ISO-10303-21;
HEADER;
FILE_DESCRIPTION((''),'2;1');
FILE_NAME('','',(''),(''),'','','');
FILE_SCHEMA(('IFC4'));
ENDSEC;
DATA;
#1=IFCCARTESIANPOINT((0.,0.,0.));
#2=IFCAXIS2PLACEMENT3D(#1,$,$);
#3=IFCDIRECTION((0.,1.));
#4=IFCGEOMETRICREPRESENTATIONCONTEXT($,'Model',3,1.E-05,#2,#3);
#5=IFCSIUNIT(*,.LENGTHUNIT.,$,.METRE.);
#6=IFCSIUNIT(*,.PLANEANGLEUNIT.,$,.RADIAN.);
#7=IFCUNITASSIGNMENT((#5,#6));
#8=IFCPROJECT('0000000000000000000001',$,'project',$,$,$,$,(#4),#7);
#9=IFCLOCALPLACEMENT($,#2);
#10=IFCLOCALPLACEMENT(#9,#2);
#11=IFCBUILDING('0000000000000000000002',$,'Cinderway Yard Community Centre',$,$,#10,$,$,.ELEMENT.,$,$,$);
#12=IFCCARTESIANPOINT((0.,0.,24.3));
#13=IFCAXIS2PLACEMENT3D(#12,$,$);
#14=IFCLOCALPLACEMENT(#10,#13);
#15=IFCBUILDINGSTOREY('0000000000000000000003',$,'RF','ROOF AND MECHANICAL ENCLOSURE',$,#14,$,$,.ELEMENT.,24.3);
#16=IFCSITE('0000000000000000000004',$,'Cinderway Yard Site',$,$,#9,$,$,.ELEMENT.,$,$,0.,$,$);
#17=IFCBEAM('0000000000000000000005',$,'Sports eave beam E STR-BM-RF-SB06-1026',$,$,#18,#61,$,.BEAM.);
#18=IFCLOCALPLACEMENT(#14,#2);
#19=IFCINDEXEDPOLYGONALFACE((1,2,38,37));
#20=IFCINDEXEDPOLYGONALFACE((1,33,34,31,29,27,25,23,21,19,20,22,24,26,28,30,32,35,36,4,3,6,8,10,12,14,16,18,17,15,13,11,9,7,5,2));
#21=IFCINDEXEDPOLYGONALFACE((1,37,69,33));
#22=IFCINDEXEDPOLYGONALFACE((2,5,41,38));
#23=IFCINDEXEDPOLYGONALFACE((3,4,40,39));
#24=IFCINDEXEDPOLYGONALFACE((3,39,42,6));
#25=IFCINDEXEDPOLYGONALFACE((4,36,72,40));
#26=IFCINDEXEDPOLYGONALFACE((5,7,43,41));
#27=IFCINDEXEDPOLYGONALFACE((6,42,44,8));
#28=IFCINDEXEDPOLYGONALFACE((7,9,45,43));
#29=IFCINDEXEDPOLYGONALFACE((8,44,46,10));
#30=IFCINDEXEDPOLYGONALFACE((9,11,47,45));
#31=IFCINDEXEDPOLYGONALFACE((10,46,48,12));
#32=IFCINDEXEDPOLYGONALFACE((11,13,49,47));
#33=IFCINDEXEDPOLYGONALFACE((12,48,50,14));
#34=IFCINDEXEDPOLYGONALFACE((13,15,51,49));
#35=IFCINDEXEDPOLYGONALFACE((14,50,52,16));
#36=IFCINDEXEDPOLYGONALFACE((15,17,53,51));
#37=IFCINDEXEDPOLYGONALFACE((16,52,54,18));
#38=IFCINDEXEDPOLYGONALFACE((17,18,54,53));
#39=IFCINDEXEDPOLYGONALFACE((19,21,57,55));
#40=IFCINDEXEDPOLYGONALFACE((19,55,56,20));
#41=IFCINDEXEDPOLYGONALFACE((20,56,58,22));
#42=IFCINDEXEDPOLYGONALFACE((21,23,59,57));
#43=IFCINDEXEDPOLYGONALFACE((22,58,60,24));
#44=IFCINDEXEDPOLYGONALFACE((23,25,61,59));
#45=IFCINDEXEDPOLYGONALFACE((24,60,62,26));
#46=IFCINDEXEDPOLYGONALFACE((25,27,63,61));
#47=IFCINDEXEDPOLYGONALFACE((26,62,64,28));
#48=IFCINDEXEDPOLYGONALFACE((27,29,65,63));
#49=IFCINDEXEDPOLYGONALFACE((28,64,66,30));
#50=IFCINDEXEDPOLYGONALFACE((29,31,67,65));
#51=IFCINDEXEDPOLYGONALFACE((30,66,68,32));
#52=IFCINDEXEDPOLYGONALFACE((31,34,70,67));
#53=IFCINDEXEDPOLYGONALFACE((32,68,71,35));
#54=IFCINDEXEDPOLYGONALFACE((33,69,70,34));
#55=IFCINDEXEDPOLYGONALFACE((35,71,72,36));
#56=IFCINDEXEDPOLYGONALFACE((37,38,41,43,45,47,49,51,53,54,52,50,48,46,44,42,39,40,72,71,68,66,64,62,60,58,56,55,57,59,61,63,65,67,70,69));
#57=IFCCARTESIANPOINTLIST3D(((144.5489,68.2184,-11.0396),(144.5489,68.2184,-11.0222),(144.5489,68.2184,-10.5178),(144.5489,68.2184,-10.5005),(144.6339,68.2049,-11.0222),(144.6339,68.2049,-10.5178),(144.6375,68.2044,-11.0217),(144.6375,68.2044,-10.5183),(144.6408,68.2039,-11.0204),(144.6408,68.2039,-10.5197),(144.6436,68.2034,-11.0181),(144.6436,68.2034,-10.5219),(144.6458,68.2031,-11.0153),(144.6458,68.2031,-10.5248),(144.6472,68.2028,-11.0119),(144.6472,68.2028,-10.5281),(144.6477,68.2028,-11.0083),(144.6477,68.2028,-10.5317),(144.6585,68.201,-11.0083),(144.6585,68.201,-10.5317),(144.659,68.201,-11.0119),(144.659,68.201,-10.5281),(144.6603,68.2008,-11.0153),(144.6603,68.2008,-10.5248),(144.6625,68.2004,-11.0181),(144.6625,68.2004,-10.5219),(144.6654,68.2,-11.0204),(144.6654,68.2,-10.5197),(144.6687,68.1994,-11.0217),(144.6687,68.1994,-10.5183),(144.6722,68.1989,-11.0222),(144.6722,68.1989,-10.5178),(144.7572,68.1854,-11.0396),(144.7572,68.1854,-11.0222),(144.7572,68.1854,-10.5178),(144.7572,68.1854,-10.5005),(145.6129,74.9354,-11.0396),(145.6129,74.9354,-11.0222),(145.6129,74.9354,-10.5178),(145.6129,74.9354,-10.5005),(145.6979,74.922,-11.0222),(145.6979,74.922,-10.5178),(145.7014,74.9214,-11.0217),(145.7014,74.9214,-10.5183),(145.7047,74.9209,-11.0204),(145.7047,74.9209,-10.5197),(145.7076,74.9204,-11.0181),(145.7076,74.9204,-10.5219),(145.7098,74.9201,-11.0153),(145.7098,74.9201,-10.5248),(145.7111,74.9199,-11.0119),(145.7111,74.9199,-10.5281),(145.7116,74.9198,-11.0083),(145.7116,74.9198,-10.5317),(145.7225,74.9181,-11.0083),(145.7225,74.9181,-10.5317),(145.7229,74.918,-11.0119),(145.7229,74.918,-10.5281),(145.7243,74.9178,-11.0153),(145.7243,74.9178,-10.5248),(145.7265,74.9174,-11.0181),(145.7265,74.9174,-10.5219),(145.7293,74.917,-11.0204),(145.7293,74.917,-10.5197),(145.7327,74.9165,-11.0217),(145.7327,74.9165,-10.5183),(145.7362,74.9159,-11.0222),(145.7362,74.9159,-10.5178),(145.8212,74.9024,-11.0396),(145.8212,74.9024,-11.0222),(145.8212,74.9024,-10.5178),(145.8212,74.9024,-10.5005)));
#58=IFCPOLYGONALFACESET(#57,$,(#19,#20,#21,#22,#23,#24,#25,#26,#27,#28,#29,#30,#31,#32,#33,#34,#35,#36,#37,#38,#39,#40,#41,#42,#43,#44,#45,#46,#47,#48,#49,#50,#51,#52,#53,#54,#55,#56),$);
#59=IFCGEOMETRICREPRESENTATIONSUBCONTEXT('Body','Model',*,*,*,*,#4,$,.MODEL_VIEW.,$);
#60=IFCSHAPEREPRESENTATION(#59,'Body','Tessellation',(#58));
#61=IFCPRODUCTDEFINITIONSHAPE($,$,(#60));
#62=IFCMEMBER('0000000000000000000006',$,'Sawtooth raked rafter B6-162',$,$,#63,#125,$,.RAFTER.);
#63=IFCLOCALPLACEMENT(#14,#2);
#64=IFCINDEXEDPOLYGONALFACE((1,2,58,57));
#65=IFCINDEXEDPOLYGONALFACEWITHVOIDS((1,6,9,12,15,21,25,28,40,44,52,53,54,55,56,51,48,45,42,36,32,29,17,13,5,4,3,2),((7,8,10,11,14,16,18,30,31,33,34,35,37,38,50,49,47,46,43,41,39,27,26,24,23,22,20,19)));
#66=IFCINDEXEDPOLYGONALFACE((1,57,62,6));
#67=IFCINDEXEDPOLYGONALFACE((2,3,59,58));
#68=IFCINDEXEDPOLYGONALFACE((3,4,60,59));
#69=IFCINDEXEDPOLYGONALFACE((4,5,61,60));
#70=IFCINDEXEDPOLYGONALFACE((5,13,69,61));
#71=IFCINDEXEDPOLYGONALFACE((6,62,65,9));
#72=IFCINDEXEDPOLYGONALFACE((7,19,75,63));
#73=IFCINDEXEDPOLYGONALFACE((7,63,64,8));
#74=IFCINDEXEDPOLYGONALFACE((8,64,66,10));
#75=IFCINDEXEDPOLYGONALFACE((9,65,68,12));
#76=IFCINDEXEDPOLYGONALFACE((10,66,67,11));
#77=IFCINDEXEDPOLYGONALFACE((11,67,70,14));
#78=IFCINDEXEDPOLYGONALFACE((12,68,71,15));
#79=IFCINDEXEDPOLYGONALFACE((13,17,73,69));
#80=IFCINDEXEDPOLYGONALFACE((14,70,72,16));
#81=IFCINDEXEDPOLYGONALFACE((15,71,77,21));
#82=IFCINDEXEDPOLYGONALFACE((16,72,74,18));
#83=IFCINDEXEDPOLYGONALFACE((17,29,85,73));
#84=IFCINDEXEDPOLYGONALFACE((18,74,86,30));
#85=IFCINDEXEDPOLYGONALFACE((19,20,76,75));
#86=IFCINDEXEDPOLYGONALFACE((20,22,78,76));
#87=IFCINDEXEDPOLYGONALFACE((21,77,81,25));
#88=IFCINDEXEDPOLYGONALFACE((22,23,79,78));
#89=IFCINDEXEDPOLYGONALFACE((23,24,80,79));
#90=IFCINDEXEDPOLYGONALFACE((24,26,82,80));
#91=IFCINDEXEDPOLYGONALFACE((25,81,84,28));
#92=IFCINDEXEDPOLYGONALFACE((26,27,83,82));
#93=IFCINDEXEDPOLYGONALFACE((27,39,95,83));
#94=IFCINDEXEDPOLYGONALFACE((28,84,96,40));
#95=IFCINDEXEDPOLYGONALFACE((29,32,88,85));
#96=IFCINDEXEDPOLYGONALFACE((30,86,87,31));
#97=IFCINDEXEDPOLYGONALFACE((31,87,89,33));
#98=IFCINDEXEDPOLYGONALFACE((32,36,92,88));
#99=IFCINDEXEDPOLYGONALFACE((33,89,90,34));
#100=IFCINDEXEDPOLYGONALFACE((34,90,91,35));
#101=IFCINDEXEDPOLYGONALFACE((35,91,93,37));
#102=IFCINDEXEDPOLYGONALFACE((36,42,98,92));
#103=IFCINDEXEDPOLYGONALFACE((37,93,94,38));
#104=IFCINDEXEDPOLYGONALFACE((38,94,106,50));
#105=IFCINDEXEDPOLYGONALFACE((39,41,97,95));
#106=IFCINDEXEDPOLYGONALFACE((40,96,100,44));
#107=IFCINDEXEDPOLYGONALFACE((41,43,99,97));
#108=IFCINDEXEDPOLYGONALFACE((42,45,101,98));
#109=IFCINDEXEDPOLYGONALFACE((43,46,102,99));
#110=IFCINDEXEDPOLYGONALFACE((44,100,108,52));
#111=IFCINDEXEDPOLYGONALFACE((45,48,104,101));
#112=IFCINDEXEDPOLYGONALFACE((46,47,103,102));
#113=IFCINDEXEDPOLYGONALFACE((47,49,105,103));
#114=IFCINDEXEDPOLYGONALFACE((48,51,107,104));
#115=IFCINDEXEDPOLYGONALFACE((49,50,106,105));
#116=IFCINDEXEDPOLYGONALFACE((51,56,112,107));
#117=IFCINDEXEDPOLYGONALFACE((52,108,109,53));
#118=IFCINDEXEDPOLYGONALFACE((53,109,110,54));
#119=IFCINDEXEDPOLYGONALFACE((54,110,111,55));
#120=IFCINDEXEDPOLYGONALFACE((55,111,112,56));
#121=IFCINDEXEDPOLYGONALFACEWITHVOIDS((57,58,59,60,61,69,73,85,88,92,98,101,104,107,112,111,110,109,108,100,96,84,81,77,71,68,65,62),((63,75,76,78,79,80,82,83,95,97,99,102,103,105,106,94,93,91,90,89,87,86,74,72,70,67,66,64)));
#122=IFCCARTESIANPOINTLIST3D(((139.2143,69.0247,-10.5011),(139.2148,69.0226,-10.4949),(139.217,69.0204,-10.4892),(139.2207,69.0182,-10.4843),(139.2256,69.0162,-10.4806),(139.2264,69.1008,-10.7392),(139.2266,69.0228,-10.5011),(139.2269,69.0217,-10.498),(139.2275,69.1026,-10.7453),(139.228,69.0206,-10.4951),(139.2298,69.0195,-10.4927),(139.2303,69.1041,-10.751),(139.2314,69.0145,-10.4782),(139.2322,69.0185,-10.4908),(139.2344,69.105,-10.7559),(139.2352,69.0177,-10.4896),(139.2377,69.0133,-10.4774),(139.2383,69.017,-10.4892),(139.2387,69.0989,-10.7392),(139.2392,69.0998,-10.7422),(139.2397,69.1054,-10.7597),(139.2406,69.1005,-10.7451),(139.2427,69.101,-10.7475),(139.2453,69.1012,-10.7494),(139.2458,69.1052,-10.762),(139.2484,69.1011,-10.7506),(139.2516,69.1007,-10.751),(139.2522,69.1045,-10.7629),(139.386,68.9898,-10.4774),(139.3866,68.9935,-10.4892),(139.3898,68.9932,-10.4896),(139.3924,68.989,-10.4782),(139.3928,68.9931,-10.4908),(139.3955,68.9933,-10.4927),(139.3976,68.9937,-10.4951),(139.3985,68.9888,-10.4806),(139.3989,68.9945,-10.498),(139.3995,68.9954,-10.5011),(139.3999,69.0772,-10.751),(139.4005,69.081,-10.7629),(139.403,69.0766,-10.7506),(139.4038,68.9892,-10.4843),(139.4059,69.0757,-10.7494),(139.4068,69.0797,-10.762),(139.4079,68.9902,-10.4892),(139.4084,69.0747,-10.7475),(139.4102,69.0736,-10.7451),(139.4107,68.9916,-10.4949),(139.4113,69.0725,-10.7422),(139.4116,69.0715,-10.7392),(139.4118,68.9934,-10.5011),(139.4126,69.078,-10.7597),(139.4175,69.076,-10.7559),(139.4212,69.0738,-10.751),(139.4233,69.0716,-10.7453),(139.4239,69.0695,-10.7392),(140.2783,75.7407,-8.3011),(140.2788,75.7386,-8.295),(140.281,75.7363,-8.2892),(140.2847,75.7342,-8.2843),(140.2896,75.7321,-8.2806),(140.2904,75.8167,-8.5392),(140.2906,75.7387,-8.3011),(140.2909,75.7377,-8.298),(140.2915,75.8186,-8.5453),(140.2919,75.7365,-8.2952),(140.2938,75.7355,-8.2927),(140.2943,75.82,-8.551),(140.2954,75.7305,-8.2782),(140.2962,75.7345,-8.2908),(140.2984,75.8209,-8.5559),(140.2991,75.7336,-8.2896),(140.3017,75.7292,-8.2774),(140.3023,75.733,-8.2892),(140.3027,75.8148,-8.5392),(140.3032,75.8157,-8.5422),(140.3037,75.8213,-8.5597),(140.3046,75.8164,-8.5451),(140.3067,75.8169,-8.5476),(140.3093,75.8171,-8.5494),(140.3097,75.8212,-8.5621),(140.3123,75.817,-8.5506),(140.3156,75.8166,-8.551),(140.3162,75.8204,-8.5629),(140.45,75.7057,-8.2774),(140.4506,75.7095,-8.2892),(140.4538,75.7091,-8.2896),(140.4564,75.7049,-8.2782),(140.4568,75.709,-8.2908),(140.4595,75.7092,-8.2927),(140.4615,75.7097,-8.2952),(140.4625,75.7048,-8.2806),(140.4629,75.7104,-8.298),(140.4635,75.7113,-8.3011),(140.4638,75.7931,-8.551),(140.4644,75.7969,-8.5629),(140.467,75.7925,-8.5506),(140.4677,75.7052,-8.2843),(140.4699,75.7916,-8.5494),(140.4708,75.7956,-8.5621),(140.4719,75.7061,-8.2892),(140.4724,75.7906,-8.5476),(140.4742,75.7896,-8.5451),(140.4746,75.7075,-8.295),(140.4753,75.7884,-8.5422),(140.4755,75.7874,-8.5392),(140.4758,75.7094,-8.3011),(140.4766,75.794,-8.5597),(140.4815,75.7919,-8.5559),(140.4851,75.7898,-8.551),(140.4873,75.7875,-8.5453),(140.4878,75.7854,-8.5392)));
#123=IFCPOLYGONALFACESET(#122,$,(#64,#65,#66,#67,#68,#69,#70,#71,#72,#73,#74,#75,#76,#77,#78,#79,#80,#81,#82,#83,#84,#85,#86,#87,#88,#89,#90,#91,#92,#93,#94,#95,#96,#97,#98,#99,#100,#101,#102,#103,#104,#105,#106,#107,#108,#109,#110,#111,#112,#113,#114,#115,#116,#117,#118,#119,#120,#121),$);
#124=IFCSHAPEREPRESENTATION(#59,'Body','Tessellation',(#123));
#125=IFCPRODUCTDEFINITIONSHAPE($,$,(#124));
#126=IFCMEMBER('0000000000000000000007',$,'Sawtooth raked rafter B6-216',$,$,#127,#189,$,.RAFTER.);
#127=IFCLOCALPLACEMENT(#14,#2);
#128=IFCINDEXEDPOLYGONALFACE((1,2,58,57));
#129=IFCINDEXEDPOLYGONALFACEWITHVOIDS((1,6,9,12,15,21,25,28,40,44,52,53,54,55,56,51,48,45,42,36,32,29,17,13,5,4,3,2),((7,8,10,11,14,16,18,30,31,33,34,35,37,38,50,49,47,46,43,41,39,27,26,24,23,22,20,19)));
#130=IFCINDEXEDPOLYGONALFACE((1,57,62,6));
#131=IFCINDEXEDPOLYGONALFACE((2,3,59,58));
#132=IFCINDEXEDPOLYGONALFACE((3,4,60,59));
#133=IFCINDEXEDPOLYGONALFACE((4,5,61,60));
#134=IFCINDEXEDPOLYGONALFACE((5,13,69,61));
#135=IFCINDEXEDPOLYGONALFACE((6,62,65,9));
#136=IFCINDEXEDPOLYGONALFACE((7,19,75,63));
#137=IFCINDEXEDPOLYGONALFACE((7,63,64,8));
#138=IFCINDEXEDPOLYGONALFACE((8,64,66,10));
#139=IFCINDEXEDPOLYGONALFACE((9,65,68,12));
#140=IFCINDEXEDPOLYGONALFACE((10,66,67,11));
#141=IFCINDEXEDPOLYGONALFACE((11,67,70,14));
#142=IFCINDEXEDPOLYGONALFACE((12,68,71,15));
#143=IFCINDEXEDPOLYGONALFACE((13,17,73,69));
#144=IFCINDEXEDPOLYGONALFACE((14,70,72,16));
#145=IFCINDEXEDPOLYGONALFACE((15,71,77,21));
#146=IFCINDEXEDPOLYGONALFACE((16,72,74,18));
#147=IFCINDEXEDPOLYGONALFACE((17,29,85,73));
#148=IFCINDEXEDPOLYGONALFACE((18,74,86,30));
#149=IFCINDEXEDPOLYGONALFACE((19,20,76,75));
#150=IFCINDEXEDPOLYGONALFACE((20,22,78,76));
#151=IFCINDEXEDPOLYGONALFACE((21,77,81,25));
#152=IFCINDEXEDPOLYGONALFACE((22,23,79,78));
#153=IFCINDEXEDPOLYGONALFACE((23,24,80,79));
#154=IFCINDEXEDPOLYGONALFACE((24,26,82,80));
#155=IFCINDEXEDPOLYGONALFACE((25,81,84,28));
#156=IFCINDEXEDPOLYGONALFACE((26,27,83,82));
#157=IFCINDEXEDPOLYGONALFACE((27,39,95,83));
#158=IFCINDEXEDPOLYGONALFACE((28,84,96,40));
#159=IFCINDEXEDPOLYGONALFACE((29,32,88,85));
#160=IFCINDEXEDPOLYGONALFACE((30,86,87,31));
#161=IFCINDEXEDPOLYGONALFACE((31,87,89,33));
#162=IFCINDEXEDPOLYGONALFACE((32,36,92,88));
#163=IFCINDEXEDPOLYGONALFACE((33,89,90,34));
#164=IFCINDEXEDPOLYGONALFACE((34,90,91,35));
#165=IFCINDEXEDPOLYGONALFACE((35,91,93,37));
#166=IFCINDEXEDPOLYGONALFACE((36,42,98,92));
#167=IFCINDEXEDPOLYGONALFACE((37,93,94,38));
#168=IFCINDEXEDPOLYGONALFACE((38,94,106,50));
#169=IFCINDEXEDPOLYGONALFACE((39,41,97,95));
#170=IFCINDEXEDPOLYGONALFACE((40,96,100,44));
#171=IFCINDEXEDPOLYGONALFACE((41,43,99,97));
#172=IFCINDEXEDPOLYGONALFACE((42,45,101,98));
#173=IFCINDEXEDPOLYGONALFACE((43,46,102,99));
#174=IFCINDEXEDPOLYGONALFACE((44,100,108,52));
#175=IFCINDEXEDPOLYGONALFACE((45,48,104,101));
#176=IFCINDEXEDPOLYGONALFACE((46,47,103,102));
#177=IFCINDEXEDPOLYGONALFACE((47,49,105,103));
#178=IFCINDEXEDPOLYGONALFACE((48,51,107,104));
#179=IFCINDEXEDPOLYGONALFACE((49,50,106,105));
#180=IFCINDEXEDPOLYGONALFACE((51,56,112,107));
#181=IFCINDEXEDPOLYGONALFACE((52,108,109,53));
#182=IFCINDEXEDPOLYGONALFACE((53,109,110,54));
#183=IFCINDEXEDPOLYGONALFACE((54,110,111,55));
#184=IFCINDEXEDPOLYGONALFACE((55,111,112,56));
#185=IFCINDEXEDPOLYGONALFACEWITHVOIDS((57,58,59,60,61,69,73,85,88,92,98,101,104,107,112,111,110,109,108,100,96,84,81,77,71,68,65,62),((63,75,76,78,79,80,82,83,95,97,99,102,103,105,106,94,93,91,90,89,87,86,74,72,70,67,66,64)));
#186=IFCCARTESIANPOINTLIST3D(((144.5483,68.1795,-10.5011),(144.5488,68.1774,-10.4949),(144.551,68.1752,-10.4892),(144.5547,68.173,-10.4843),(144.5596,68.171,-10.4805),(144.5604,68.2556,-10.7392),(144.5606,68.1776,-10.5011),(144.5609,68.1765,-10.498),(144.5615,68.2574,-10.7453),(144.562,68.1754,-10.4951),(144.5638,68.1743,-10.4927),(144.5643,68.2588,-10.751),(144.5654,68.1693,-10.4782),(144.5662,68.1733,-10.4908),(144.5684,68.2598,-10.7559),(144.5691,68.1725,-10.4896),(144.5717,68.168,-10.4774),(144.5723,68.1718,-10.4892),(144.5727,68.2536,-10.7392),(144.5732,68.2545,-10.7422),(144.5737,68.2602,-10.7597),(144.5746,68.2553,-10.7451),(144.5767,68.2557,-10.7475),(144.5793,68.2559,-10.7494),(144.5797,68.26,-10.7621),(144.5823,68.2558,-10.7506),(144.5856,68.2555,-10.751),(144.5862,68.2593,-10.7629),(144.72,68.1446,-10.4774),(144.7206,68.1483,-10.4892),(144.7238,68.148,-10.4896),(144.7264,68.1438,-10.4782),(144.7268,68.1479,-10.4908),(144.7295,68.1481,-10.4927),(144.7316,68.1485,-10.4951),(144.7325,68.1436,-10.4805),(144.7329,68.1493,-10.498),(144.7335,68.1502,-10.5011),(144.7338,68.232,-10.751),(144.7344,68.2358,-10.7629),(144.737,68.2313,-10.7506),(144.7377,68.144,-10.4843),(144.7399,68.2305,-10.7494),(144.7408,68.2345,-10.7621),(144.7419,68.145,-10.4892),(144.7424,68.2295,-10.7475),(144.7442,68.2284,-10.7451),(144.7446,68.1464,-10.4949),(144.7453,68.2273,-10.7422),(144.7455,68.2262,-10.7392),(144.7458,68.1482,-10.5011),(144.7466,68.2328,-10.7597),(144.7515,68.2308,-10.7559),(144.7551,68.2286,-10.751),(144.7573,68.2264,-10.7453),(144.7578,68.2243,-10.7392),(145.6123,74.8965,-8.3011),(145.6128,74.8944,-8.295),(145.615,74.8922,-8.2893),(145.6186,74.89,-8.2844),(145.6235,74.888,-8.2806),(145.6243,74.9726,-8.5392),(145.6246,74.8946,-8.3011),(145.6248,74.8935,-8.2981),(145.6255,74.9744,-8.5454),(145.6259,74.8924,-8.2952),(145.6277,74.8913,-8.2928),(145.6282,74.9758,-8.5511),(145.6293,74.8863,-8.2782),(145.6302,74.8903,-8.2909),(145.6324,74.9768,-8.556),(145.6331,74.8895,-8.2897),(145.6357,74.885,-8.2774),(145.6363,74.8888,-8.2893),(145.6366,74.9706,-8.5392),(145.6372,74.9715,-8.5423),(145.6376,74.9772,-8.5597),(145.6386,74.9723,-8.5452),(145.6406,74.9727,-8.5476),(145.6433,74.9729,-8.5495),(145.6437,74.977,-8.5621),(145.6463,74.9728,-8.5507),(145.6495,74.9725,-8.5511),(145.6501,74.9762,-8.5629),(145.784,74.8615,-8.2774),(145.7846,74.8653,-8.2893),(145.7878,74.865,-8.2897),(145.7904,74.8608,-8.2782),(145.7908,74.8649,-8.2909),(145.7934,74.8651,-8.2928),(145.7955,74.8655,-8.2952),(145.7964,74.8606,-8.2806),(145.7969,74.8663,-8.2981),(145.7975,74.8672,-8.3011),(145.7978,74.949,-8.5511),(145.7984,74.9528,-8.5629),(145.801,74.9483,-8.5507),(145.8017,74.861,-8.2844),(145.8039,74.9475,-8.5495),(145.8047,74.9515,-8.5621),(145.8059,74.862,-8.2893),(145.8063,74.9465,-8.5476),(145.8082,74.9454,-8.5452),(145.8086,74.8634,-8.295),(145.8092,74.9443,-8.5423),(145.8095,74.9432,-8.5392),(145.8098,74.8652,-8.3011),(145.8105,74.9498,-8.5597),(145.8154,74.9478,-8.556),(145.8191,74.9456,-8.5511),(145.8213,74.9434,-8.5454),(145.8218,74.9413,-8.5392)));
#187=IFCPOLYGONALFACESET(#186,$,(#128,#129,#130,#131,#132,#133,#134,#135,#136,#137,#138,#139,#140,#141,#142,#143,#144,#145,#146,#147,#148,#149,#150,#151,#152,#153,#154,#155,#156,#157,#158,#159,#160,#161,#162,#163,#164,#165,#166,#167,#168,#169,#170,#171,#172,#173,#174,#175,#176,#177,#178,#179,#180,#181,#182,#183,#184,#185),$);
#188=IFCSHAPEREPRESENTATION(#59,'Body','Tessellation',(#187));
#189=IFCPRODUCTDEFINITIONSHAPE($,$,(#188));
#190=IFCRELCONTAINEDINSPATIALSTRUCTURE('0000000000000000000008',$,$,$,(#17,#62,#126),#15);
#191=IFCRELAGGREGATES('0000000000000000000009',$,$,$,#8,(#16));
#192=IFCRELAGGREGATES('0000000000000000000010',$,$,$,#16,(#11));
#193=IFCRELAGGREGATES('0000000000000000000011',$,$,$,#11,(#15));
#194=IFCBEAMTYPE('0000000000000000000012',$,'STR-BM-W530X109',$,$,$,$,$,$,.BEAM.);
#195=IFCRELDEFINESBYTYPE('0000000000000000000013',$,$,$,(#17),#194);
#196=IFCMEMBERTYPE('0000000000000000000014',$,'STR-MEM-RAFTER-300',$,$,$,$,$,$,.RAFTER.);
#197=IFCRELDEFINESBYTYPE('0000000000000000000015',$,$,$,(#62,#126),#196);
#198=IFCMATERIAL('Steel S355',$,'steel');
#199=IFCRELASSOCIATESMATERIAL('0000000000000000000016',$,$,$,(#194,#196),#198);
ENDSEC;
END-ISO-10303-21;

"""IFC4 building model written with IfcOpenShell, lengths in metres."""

from ifc_helpers import new_model, si_unit, direction, frame, origin, origin_2d, place, context, subcontext, project, spatial, hollow_rectangle, i_section, extrude, material, material_profile, profile_set, type_object, element, save


model = new_model("IFC4")

# Units and contexts
model_context = context("Model", 3, precision=1e-05, world=origin(), true_north=direction((0.0, 1.0)))
body_context = subcontext(model_context, "Body", "Model", "MODEL_VIEW")
ifc_project = project(units=[si_unit("LENGTHUNIT", "METRE"), si_unit("PLANEANGLEUNIT", "RADIAN")], contexts=[model_context])

# Site, building, storey
site_placement = place(None, origin())
site = spatial("IfcSite", under=ifc_project, at=site_placement, Name="Cinderway Yard Site", CompositionType="ELEMENT", RefElevation=0.0)
building_placement = place(site_placement, origin())
building = spatial("IfcBuilding", under=site, at=building_placement, Name="Cinderway Yard Community Centre", CompositionType="ELEMENT")
storey_placement = place(building_placement, frame((0.0, 0.0, 24.3)))
storey = spatial("IfcBuildingStorey", under=building, at=storey_placement, Name="RF", Description="ROOF AND MECHANICAL ENCLOSURE", CompositionType="ELEMENT", Elevation=24.3)

# Beam
ifc_material_1 = material(Name="Steel S355", Category="steel")
ifc_material_profile_1 = material_profile(ifc_material_1, i_section(OverallWidth=0.2109, OverallDepth=0.5391, WebThickness=0.011, FlangeThickness=0.0173, FilletRadius=0.0139, at=origin_2d()), Name="Steel S355")
ifc_profile_set_1 = profile_set([ifc_material_profile_1], Name="Steel S355")
beam_type = type_object("IfcBeamType", Name="STR-BM-W530X109", PredefinedType="BEAM", material=ifc_profile_set_1)
beam_placement = place(storey_placement, frame((144.6531, 68.2019, -10.77), z_axis=(0.156447, 0.987686, 0.0), x_axis=(-0.987686, 0.156447, 0.0)))
element("IfcBeam", 1, at=beam_placement, inside=storey, type_object=beam_type, Name="Sports eave beam E STR-BM-RF-SB06-1026", PredefinedType="BEAM", context=body_context, shape_type="SweptSolid", body=[
    extrude(i_section(OverallWidth=0.2109, OverallDepth=0.5391, WebThickness=0.011, FlangeThickness=0.0173, FilletRadius=0.0139, at=origin_2d()), origin(), (0.0, 0.0, 1.0), 6.8008),
])

# Members
ifc_material_profile_2 = material_profile(ifc_material_1, hollow_rectangle(XDim=0.2, YDim=0.3, WallThickness=0.0125, InnerFilletRadius=0.0125, OuterFilletRadius=0.0249, at=origin_2d()), Name="Steel S355")
ifc_profile_set_2 = profile_set([ifc_material_profile_2], Name="Steel S355")
member_type_1 = type_object("IfcMemberType", Name="STR-MEM-RAFTER-300", PredefinedType="RAFTER", material=ifc_profile_set_2)
member_1_placement = place(storey_placement, frame((139.3191, 69.0471, -10.6201), z_axis=(0.148877, 0.939721, 0.307831), x_axis=(-0.987682, 0.156475, 0.0)))
element("IfcMember", 2, at=member_1_placement, inside=storey, type_object=member_type_1, Name="Sawtooth raked rafter B6-162", PredefinedType="RAFTER", context=body_context, shape_type="SweptSolid", body=[
    extrude(hollow_rectangle(XDim=0.2, YDim=0.3, WallThickness=0.0125, InnerFilletRadius=0.0125, OuterFilletRadius=0.0249, at=origin_2d()), origin(), (0.0, 0.0, 1.0), 7.1467),
])
member_2_placement = place(storey_placement, frame((144.6531, 68.2019, -10.6201), z_axis=(0.148853, 0.939741, 0.307782), x_axis=(-0.987686, 0.156447, 0.0)))
element("IfcMember", 3, at=member_2_placement, inside=storey, type_object=member_type_1, Name="Sawtooth raked rafter B6-216", PredefinedType="RAFTER", context=body_context, shape_type="SweptSolid", body=[
    extrude(hollow_rectangle(XDim=0.2, YDim=0.3, WallThickness=0.0125, InnerFilletRadius=0.0125, OuterFilletRadius=0.0249, at=origin_2d()), origin(), (0.0, 0.0, 1.0), 7.1477),
])

save(model, "model.ifc")
